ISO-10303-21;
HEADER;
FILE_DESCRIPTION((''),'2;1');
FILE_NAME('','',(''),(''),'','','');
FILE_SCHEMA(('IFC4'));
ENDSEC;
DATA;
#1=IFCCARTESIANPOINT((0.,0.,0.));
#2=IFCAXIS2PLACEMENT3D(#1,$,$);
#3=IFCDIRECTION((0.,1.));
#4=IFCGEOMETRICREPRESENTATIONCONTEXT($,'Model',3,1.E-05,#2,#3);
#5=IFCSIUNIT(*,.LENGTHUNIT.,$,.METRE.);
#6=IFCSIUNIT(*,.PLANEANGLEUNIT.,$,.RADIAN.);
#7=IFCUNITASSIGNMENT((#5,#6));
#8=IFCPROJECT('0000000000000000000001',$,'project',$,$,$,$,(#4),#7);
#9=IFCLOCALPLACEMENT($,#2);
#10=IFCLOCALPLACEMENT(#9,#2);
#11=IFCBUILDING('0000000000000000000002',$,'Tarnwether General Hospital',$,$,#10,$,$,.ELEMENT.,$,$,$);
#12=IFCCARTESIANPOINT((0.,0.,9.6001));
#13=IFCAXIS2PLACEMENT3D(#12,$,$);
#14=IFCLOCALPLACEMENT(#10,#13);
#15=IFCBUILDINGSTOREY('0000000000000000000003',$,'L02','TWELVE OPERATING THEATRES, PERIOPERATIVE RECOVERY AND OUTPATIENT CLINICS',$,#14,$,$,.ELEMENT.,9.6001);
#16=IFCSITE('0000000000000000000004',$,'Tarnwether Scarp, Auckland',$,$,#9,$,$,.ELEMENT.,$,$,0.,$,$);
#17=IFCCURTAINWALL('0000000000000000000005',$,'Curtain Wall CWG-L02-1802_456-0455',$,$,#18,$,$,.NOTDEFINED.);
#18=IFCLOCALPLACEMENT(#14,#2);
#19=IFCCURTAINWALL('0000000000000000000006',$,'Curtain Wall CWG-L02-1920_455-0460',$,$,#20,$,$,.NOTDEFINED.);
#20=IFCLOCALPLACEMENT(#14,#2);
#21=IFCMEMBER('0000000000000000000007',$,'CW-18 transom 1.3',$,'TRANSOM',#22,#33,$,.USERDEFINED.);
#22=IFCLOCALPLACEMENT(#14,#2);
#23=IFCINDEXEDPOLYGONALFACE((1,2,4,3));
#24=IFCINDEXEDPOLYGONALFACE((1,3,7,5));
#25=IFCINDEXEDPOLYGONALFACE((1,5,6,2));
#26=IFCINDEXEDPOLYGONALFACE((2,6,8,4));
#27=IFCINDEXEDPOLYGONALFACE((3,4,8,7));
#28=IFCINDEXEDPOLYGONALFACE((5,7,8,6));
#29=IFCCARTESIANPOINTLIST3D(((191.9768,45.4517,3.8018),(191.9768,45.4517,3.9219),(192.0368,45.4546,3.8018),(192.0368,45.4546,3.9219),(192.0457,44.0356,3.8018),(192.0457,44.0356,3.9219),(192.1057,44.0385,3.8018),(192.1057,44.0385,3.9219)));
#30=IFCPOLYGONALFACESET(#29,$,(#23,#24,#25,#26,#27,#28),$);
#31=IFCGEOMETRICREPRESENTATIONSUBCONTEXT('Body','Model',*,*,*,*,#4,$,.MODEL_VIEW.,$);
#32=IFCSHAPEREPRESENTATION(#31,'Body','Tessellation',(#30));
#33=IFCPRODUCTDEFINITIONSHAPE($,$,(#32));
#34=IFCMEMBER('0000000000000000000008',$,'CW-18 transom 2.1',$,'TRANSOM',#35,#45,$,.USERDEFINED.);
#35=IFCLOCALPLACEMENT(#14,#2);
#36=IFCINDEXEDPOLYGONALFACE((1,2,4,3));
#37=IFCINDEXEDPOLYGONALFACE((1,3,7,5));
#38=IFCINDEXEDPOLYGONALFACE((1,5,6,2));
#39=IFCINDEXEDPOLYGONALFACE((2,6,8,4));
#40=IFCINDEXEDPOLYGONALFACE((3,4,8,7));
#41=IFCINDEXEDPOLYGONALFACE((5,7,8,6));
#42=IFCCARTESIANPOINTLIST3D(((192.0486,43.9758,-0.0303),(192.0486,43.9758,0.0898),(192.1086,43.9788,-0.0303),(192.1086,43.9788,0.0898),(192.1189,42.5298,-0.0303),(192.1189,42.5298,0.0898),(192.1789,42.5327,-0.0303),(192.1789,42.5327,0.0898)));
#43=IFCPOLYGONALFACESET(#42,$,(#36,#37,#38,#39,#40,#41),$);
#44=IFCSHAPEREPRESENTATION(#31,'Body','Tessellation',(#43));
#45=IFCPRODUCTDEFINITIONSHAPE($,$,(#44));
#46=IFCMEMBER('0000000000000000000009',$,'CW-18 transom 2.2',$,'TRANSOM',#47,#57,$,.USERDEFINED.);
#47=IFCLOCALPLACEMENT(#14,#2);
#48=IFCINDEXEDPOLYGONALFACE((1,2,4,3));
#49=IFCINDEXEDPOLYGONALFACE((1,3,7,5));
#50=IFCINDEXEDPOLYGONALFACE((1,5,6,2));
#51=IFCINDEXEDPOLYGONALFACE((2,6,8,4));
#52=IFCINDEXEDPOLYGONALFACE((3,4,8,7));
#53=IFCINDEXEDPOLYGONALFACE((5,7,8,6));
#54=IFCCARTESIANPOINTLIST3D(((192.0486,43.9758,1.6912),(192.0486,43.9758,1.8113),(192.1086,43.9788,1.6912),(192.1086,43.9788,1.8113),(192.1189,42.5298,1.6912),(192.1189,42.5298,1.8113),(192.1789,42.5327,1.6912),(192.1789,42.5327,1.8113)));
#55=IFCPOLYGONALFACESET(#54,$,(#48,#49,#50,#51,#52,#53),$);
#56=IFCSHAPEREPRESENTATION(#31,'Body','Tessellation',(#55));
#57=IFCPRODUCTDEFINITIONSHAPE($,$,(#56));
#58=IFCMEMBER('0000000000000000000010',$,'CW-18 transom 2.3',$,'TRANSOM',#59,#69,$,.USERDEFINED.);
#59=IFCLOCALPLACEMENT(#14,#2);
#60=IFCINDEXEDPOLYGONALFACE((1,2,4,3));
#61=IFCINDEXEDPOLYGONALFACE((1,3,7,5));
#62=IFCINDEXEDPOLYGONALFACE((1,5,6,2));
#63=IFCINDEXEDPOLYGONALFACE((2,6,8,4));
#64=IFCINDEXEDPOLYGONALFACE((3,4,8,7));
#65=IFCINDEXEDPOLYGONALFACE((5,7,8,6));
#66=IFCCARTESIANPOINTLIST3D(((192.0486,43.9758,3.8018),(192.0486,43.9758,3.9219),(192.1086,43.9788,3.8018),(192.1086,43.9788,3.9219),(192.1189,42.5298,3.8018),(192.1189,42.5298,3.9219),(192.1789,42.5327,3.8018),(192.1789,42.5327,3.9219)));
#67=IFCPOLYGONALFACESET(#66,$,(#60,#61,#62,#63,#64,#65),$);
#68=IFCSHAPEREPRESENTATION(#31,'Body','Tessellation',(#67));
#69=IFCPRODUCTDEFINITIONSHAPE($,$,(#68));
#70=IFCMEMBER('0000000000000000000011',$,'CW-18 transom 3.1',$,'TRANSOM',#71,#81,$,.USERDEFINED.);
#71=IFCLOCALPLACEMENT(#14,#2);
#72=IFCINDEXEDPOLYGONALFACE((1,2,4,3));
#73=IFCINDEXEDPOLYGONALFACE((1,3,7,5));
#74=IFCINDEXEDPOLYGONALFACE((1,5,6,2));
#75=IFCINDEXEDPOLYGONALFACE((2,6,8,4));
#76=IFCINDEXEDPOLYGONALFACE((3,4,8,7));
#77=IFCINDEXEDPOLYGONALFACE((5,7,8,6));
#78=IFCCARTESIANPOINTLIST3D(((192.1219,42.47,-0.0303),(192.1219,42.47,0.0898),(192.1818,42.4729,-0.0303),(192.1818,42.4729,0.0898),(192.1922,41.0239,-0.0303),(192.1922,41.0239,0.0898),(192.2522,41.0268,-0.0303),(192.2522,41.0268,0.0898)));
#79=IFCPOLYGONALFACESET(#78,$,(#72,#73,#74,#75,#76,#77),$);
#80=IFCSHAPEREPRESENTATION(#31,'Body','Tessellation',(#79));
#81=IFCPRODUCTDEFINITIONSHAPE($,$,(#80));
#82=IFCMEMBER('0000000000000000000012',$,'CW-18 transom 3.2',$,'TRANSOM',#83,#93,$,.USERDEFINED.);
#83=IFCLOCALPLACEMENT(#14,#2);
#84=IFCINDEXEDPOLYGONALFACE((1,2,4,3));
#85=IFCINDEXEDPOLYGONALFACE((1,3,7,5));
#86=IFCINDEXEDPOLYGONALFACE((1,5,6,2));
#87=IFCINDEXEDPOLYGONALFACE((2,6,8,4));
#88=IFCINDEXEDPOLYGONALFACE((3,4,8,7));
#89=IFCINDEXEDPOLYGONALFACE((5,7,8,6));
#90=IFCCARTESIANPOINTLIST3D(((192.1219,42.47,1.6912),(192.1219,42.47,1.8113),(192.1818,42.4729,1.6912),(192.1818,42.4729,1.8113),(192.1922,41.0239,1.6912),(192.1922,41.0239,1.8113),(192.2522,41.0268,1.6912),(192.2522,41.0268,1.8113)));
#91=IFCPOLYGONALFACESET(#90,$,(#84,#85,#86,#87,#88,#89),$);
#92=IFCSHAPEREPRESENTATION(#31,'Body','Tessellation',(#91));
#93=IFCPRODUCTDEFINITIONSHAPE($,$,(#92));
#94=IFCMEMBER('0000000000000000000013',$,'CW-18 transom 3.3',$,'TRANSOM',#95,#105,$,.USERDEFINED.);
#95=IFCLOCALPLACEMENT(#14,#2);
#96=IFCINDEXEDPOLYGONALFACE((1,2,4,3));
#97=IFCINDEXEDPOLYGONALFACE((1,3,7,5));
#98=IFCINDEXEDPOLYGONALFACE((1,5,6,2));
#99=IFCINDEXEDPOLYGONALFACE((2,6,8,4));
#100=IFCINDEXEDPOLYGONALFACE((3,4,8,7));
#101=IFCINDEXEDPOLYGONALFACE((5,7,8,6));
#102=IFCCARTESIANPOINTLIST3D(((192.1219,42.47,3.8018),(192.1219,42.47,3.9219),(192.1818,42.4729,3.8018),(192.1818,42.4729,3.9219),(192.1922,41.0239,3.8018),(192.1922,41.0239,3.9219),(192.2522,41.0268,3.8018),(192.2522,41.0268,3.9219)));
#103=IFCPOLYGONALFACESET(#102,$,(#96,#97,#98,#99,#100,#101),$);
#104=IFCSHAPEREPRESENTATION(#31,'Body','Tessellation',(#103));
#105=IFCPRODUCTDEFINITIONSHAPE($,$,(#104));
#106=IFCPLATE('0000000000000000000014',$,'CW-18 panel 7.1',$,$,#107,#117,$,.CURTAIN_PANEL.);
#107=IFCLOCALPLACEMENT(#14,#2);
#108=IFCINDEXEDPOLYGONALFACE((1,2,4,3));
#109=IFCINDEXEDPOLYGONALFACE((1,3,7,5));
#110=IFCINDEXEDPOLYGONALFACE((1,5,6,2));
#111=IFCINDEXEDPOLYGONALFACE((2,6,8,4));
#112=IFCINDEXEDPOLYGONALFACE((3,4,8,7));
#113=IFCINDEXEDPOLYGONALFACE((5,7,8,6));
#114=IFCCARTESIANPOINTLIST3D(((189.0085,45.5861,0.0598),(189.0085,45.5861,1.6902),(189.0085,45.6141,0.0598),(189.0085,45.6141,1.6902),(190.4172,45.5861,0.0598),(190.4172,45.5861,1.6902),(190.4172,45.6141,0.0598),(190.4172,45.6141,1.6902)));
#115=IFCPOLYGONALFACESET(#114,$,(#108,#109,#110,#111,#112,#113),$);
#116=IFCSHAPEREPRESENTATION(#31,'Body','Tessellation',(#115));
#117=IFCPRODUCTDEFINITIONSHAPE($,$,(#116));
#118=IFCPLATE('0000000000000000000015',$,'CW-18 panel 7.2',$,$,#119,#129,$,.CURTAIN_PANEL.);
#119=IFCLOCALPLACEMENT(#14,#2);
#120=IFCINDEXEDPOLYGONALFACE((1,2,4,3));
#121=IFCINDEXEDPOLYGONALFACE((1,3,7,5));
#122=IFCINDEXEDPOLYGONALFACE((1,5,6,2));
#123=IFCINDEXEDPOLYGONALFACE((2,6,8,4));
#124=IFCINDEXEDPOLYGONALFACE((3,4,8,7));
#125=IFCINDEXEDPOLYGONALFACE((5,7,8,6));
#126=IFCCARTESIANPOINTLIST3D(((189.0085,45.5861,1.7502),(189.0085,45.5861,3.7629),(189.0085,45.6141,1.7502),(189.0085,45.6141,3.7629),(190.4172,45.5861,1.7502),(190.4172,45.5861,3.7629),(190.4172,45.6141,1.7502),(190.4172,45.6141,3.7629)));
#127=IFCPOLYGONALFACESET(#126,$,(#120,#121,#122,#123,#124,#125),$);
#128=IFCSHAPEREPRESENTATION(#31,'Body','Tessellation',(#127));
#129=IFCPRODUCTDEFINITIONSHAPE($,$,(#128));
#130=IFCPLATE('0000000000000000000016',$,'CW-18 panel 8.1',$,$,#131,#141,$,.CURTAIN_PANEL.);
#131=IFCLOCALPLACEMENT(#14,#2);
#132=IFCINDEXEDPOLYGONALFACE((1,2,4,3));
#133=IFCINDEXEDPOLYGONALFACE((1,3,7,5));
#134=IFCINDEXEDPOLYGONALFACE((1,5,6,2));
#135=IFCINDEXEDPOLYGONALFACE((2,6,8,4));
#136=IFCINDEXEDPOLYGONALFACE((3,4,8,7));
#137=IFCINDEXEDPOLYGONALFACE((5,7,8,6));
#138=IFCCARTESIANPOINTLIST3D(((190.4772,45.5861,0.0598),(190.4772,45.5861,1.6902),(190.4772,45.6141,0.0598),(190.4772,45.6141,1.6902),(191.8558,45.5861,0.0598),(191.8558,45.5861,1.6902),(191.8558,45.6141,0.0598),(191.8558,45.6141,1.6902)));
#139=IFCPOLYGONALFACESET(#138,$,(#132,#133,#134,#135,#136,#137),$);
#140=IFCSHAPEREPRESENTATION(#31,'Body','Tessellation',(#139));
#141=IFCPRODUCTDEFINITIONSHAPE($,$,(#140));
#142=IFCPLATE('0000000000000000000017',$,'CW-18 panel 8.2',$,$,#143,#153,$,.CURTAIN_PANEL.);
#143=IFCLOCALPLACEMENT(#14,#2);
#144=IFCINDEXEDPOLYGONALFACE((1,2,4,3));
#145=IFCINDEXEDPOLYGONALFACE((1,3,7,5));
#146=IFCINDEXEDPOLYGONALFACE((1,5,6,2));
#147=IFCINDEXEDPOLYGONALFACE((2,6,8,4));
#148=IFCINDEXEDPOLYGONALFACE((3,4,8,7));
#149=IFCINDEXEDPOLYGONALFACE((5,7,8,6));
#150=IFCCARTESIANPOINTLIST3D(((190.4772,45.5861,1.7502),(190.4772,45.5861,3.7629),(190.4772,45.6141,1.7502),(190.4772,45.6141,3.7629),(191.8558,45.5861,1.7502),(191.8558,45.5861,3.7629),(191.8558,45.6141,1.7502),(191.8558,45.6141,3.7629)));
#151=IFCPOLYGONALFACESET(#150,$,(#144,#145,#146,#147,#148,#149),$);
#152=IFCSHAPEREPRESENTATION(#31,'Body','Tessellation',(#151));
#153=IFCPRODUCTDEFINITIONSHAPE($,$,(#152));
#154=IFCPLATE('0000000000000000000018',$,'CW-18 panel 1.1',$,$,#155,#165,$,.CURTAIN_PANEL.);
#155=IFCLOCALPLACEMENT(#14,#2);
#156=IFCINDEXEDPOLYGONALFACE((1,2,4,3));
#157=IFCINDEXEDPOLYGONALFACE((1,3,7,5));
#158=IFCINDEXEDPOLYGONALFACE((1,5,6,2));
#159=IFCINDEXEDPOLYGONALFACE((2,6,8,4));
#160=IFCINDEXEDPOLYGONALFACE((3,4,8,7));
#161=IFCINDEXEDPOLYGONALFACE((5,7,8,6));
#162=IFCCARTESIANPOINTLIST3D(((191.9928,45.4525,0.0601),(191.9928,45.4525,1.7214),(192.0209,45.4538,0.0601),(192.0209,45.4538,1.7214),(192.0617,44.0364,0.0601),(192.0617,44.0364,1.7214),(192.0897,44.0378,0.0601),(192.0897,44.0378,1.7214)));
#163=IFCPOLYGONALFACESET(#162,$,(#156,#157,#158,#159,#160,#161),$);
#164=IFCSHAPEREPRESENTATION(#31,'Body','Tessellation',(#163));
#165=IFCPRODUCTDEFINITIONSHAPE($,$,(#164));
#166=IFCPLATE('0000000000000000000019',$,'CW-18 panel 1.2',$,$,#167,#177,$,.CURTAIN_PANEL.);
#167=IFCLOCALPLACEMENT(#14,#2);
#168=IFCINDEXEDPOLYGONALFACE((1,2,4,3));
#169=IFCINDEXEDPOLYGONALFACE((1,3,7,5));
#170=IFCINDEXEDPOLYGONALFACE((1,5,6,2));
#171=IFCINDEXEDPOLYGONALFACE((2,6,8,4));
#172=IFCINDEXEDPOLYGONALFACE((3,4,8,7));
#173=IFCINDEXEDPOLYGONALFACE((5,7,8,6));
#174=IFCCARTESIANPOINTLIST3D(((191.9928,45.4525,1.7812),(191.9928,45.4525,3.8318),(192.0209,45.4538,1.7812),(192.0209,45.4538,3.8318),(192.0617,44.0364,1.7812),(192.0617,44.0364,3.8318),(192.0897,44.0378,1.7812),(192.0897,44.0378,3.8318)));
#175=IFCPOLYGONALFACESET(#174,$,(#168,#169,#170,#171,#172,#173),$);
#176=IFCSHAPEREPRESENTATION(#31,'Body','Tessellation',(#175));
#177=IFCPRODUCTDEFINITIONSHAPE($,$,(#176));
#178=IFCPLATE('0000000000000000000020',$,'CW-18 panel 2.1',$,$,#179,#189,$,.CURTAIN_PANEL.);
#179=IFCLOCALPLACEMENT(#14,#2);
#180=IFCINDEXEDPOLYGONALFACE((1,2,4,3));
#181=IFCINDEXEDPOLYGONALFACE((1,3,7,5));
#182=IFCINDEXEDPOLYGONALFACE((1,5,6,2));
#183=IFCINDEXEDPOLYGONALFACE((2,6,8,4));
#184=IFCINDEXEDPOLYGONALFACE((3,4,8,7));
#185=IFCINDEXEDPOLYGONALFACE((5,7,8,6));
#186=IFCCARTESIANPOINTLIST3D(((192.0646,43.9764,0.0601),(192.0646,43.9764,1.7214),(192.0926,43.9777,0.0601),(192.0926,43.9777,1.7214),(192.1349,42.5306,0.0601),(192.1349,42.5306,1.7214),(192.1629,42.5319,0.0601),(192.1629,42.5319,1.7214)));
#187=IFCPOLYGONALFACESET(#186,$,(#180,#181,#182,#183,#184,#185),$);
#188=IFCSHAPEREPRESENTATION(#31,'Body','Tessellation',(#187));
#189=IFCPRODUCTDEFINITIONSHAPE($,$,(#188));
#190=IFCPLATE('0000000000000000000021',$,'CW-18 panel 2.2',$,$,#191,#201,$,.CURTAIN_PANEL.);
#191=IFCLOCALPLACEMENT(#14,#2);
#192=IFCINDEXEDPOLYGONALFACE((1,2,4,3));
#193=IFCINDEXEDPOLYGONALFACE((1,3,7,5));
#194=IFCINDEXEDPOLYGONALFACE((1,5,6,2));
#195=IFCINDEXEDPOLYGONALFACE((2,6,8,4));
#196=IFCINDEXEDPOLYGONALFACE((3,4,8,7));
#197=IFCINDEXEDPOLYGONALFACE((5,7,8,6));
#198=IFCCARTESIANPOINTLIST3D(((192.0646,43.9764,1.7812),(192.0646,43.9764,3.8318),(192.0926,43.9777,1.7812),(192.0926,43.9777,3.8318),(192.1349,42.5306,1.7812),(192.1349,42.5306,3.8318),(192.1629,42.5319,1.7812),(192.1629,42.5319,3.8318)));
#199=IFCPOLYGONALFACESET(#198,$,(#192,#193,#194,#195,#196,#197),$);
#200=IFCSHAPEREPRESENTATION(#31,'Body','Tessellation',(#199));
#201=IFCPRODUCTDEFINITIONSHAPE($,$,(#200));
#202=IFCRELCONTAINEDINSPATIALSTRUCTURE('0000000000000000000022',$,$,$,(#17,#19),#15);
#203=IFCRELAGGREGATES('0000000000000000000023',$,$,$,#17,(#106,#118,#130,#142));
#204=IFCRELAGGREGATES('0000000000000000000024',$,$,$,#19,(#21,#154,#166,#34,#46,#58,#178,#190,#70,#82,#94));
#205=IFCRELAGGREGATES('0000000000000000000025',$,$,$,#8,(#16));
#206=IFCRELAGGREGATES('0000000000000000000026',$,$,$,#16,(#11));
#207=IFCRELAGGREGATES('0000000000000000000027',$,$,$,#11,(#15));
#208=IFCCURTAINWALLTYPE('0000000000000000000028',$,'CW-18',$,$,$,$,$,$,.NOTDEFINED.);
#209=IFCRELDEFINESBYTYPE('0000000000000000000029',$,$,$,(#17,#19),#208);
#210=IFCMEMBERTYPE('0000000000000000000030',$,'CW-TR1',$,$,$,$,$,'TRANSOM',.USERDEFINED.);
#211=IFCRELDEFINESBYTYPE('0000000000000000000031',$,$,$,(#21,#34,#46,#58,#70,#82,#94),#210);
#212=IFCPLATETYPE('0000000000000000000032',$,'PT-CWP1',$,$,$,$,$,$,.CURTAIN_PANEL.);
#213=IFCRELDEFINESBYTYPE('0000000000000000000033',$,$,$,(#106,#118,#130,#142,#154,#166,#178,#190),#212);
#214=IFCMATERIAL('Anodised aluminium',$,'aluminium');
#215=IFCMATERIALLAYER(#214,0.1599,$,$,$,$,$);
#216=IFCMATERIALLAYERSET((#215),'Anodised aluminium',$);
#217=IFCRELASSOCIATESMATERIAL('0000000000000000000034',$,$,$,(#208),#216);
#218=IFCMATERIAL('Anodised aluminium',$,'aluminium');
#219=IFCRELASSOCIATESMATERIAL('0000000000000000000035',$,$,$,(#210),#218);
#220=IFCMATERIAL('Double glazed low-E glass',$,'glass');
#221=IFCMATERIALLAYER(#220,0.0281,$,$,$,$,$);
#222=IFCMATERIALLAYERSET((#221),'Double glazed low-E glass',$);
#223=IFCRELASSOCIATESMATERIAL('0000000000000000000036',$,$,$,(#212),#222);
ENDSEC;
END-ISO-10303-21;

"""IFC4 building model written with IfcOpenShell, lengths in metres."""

from ifc_helpers import new_model, si_unit, direction, frame, origin, origin_2d, place, context, subcontext, project, spatial, rectangle, extrude, material, layer, layer_set, material_profile, profile_set, type_object, element, aggregate, save


model = new_model("IFC4")

# Units and contexts
model_context = context("Model", 3, precision=1e-05, world=origin(), true_north=direction((0.0, 1.0)))
body_context = subcontext(model_context, "Body", "Model", "MODEL_VIEW")
ifc_project = project(units=[si_unit("LENGTHUNIT", "METRE"), si_unit("PLANEANGLEUNIT", "RADIAN")], contexts=[model_context])

# Site, building, storey
site_placement = place(None, origin())
site = spatial("IfcSite", under=ifc_project, at=site_placement, Name="Tarnwether Scarp, Auckland", CompositionType="ELEMENT", RefElevation=0.0)
building_placement = place(site_placement, origin())
building = spatial("IfcBuilding", under=site, at=building_placement, Name="Tarnwether General Hospital", CompositionType="ELEMENT")
storey_placement = place(building_placement, frame((0.0, 0.0, 9.6001)))
storey = spatial("IfcBuildingStorey", under=building, at=storey_placement, Name="L02", Description="TWELVE OPERATING THEATRES, PERIOPERATIVE RECOVERY AND OUTPATIENT CLINICS", CompositionType="ELEMENT", Elevation=9.6001)

# Curtain walls
ifc_material_1 = material(Name="Anodised aluminium", Category="aluminium")
ifc_layer_1 = layer(ifc_material_1, 0.1599)
ifc_layer_set_1 = layer_set([ifc_layer_1], Name="Anodised aluminium")
curtain_wall_type = type_object("IfcCurtainWallType", Name="CW-18", PredefinedType="NOTDEFINED", material=ifc_layer_set_1)
curtain_wall_1_placement = place(storey_placement, origin())
curtain_wall_1 = element("IfcCurtainWall", 1, at=curtain_wall_1_placement, inside=storey, type_object=curtain_wall_type, Name="Curtain Wall CWG-L02-1802_456-0455", PredefinedType="NOTDEFINED")
curtain_wall_2_placement = place(storey_placement, origin())
curtain_wall_2 = element("IfcCurtainWall", 2, at=curtain_wall_2_placement, inside=storey, type_object=curtain_wall_type, Name="Curtain Wall CWG-L02-1920_455-0460", PredefinedType="NOTDEFINED")

# Members
ifc_material_2 = material(Name="Anodised aluminium", Category="aluminium")
ifc_material_profile_1 = material_profile(ifc_material_2, rectangle(XDim=0.0601, YDim=0.1201, at=origin_2d()), Name="ALU-TRN-60x120")
ifc_profile_set_1 = profile_set([ifc_material_profile_1], Name="Anodised aluminium")
member_type_1 = type_object("IfcMemberType", Name="CW-TR1", ElementType="TRANSOM", PredefinedType="USERDEFINED", material=ifc_profile_set_1)
member_1_placement = place(storey_placement, frame((192.0068, 45.4531, 3.8618), z_axis=(0.048563, -0.99882, 0.0), x_axis=(0.99882, 0.048563, 0.0)))
member_1 = element("IfcMember", 3, at=member_1_placement, type_object=member_type_1, Name="CW-18 transom 1.3", ObjectType="TRANSOM", PredefinedType="USERDEFINED", context=body_context, shape_type="SweptSolid", body=[
    extrude(rectangle(XDim=0.0601, YDim=0.1201, at=origin_2d()), origin(), (0.0, 0.0, 1.0), 1.4177),
])
member_2_placement = place(storey_placement, frame((192.0786, 43.9773, 0.0298), z_axis=(0.048567, -0.99882, 0.0), x_axis=(0.99882, 0.048567, 0.0)))
member_2 = element("IfcMember", 4, at=member_2_placement, type_object=member_type_1, Name="CW-18 transom 2.1", ObjectType="TRANSOM", PredefinedType="USERDEFINED", context=body_context, shape_type="SweptSolid", body=[
    extrude(rectangle(XDim=0.0601, YDim=0.1201, at=origin_2d()), origin(), (0.0, 0.0, 1.0), 1.4478),
])
member_3_placement = place(storey_placement, frame((192.0786, 43.9773, 1.7512), z_axis=(0.048567, -0.99882, 0.0), x_axis=(0.99882, 0.048567, 0.0)))
member_3 = element("IfcMember", 5, at=member_3_placement, type_object=member_type_1, Name="CW-18 transom 2.2", ObjectType="TRANSOM", PredefinedType="USERDEFINED", context=body_context, shape_type="SweptSolid", body=[
    extrude(rectangle(XDim=0.0601, YDim=0.1201, at=origin_2d()), origin(), (0.0, 0.0, 1.0), 1.4478),
])
member_4_placement = place(storey_placement, frame((192.0786, 43.9773, 3.8618), z_axis=(0.048567, -0.99882, 0.0), x_axis=(0.99882, 0.048567, 0.0)))
member_4 = element("IfcMember", 6, at=member_4_placement, type_object=member_type_1, Name="CW-18 transom 2.3", ObjectType="TRANSOM", PredefinedType="USERDEFINED", context=body_context, shape_type="SweptSolid", body=[
    extrude(rectangle(XDim=0.0601, YDim=0.1201, at=origin_2d()), origin(), (0.0, 0.0, 1.0), 1.4478),
])
member_5_placement = place(storey_placement, frame((192.1519, 42.4714, 0.0298), z_axis=(0.048567, -0.99882, 0.0), x_axis=(0.99882, 0.048567, 0.0)))
member_5 = element("IfcMember", 7, at=member_5_placement, type_object=member_type_1, Name="CW-18 transom 3.1", ObjectType="TRANSOM", PredefinedType="USERDEFINED", context=body_context, shape_type="SweptSolid", body=[
    extrude(rectangle(XDim=0.0601, YDim=0.1201, at=origin_2d()), origin(), (0.0, 0.0, 1.0), 1.4478),
])
member_6_placement = place(storey_placement, frame((192.1519, 42.4714, 1.7512), z_axis=(0.048567, -0.99882, 0.0), x_axis=(0.99882, 0.048567, 0.0)))
member_6 = element("IfcMember", 8, at=member_6_placement, type_object=member_type_1, Name="CW-18 transom 3.2", ObjectType="TRANSOM", PredefinedType="USERDEFINED", context=body_context, shape_type="SweptSolid", body=[
    extrude(rectangle(XDim=0.0601, YDim=0.1201, at=origin_2d()), origin(), (0.0, 0.0, 1.0), 1.4478),
])
member_7_placement = place(storey_placement, frame((192.1519, 42.4714, 3.8618), z_axis=(0.048567, -0.99882, 0.0), x_axis=(0.99882, 0.048567, 0.0)))
member_7 = element("IfcMember", 9, at=member_7_placement, type_object=member_type_1, Name="CW-18 transom 3.3", ObjectType="TRANSOM", PredefinedType="USERDEFINED", context=body_context, shape_type="SweptSolid", body=[
    extrude(rectangle(XDim=0.0601, YDim=0.1201, at=origin_2d()), origin(), (0.0, 0.0, 1.0), 1.4478),
])

# Plates
ifc_material_3 = material(Name="Double glazed low-E glass", Category="glass")
ifc_layer_2 = layer(ifc_material_3, 0.0281)
ifc_layer_set_2 = layer_set([ifc_layer_2], Name="Double glazed low-E glass")
plate_type_1 = type_object("IfcPlateType", Name="PT-CWP1", PredefinedType="CURTAIN_PANEL", material=ifc_layer_set_2)
plate_1_placement = place(storey_placement, frame((189.7129, 45.6001, 0.0598), z_axis=(0.0, 0.0, 1.0), x_axis=(1.0, 0.0, 0.0)))
plate_1 = element("IfcPlate", 10, at=plate_1_placement, type_object=plate_type_1, Name="CW-18 panel 7.1", PredefinedType="CURTAIN_PANEL", context=body_context, shape_type="SweptSolid", body=[
    extrude(rectangle(XDim=1.4087, YDim=0.0281, at=origin_2d()), origin(), (0.0, 0.0, 1.0), 1.6304),
])
plate_2_placement = place(storey_placement, frame((189.7129, 45.6001, 1.7502), z_axis=(0.0, 0.0, 1.0), x_axis=(1.0, 0.0, 0.0)))
plate_2 = element("IfcPlate", 11, at=plate_2_placement, type_object=plate_type_1, Name="CW-18 panel 7.2", PredefinedType="CURTAIN_PANEL", context=body_context, shape_type="SweptSolid", body=[
    extrude(rectangle(XDim=1.4087, YDim=0.0281, at=origin_2d()), origin(), (0.0, 0.0, 1.0), 2.0127),
])
plate_3_placement = place(storey_placement, frame((191.1665, 45.6001, 0.0598), z_axis=(0.0, 0.0, 1.0), x_axis=(1.0, 0.0, 0.0)))
plate_3 = element("IfcPlate", 12, at=plate_3_placement, type_object=plate_type_1, Name="CW-18 panel 8.1", PredefinedType="CURTAIN_PANEL", context=body_context, shape_type="SweptSolid", body=[
    extrude(rectangle(XDim=1.3787, YDim=0.0281, at=origin_2d()), origin(), (0.0, 0.0, 1.0), 1.6304),
])
plate_4_placement = place(storey_placement, frame((191.1665, 45.6001, 1.7502), z_axis=(0.0, 0.0, 1.0), x_axis=(1.0, 0.0, 0.0)))
plate_4 = element("IfcPlate", 13, at=plate_4_placement, type_object=plate_type_1, Name="CW-18 panel 8.2", PredefinedType="CURTAIN_PANEL", context=body_context, shape_type="SweptSolid", body=[
    extrude(rectangle(XDim=1.3787, YDim=0.0281, at=origin_2d()), origin(), (0.0, 0.0, 1.0), 2.0127),
])
aggregate(curtain_wall_1, [plate_1, plate_2, plate_3, plate_4])
plate_5_placement = place(storey_placement, frame((192.0413, 44.7451, 0.0601), z_axis=(0.0, 0.0, 1.0), x_axis=(0.04856, -0.99882, 0.0)))
plate_5 = element("IfcPlate", 14, at=plate_5_placement, type_object=plate_type_1, Name="CW-18 panel 1.1", PredefinedType="CURTAIN_PANEL", context=body_context, shape_type="SweptSolid", body=[
    extrude(rectangle(XDim=1.4177, YDim=0.0281, at=origin_2d()), origin(), (0.0, 0.0, 1.0), 1.6614),
])
plate_6_placement = place(storey_placement, frame((192.0413, 44.7451, 1.7812), z_axis=(0.0, 0.0, 1.0), x_axis=(0.04856, -0.99882, 0.0)))
plate_6 = element("IfcPlate", 15, at=plate_6_placement, type_object=plate_type_1, Name="CW-18 panel 1.2", PredefinedType="CURTAIN_PANEL", context=body_context, shape_type="SweptSolid", body=[
    extrude(rectangle(XDim=1.4177, YDim=0.0281, at=origin_2d()), origin(), (0.0, 0.0, 1.0), 2.0505),
])
plate_7_placement = place(storey_placement, frame((192.1138, 43.2542, 0.0601), z_axis=(0.0, 0.0, 1.0), x_axis=(0.04856, -0.99882, 0.0)))
plate_7 = element("IfcPlate", 16, at=plate_7_placement, type_object=plate_type_1, Name="CW-18 panel 2.1", PredefinedType="CURTAIN_PANEL", context=body_context, shape_type="SweptSolid", body=[
    extrude(rectangle(XDim=1.4475, YDim=0.0281, at=origin_2d()), origin(), (0.0, 0.0, 1.0), 1.6614),
])
plate_8_placement = place(storey_placement, frame((192.1138, 43.2542, 1.7812), z_axis=(0.0, 0.0, 1.0), x_axis=(0.04856, -0.99882, 0.0)))
plate_8 = element("IfcPlate", 17, at=plate_8_placement, type_object=plate_type_1, Name="CW-18 panel 2.2", PredefinedType="CURTAIN_PANEL", context=body_context, shape_type="SweptSolid", body=[
    extrude(rectangle(XDim=1.4475, YDim=0.0281, at=origin_2d()), origin(), (0.0, 0.0, 1.0), 2.0505),
])
aggregate(curtain_wall_2, [member_1, plate_5, plate_6, member_2, member_3, member_4, plate_7, plate_8, member_5, member_6, member_7])

save(model, "model.ifc")
